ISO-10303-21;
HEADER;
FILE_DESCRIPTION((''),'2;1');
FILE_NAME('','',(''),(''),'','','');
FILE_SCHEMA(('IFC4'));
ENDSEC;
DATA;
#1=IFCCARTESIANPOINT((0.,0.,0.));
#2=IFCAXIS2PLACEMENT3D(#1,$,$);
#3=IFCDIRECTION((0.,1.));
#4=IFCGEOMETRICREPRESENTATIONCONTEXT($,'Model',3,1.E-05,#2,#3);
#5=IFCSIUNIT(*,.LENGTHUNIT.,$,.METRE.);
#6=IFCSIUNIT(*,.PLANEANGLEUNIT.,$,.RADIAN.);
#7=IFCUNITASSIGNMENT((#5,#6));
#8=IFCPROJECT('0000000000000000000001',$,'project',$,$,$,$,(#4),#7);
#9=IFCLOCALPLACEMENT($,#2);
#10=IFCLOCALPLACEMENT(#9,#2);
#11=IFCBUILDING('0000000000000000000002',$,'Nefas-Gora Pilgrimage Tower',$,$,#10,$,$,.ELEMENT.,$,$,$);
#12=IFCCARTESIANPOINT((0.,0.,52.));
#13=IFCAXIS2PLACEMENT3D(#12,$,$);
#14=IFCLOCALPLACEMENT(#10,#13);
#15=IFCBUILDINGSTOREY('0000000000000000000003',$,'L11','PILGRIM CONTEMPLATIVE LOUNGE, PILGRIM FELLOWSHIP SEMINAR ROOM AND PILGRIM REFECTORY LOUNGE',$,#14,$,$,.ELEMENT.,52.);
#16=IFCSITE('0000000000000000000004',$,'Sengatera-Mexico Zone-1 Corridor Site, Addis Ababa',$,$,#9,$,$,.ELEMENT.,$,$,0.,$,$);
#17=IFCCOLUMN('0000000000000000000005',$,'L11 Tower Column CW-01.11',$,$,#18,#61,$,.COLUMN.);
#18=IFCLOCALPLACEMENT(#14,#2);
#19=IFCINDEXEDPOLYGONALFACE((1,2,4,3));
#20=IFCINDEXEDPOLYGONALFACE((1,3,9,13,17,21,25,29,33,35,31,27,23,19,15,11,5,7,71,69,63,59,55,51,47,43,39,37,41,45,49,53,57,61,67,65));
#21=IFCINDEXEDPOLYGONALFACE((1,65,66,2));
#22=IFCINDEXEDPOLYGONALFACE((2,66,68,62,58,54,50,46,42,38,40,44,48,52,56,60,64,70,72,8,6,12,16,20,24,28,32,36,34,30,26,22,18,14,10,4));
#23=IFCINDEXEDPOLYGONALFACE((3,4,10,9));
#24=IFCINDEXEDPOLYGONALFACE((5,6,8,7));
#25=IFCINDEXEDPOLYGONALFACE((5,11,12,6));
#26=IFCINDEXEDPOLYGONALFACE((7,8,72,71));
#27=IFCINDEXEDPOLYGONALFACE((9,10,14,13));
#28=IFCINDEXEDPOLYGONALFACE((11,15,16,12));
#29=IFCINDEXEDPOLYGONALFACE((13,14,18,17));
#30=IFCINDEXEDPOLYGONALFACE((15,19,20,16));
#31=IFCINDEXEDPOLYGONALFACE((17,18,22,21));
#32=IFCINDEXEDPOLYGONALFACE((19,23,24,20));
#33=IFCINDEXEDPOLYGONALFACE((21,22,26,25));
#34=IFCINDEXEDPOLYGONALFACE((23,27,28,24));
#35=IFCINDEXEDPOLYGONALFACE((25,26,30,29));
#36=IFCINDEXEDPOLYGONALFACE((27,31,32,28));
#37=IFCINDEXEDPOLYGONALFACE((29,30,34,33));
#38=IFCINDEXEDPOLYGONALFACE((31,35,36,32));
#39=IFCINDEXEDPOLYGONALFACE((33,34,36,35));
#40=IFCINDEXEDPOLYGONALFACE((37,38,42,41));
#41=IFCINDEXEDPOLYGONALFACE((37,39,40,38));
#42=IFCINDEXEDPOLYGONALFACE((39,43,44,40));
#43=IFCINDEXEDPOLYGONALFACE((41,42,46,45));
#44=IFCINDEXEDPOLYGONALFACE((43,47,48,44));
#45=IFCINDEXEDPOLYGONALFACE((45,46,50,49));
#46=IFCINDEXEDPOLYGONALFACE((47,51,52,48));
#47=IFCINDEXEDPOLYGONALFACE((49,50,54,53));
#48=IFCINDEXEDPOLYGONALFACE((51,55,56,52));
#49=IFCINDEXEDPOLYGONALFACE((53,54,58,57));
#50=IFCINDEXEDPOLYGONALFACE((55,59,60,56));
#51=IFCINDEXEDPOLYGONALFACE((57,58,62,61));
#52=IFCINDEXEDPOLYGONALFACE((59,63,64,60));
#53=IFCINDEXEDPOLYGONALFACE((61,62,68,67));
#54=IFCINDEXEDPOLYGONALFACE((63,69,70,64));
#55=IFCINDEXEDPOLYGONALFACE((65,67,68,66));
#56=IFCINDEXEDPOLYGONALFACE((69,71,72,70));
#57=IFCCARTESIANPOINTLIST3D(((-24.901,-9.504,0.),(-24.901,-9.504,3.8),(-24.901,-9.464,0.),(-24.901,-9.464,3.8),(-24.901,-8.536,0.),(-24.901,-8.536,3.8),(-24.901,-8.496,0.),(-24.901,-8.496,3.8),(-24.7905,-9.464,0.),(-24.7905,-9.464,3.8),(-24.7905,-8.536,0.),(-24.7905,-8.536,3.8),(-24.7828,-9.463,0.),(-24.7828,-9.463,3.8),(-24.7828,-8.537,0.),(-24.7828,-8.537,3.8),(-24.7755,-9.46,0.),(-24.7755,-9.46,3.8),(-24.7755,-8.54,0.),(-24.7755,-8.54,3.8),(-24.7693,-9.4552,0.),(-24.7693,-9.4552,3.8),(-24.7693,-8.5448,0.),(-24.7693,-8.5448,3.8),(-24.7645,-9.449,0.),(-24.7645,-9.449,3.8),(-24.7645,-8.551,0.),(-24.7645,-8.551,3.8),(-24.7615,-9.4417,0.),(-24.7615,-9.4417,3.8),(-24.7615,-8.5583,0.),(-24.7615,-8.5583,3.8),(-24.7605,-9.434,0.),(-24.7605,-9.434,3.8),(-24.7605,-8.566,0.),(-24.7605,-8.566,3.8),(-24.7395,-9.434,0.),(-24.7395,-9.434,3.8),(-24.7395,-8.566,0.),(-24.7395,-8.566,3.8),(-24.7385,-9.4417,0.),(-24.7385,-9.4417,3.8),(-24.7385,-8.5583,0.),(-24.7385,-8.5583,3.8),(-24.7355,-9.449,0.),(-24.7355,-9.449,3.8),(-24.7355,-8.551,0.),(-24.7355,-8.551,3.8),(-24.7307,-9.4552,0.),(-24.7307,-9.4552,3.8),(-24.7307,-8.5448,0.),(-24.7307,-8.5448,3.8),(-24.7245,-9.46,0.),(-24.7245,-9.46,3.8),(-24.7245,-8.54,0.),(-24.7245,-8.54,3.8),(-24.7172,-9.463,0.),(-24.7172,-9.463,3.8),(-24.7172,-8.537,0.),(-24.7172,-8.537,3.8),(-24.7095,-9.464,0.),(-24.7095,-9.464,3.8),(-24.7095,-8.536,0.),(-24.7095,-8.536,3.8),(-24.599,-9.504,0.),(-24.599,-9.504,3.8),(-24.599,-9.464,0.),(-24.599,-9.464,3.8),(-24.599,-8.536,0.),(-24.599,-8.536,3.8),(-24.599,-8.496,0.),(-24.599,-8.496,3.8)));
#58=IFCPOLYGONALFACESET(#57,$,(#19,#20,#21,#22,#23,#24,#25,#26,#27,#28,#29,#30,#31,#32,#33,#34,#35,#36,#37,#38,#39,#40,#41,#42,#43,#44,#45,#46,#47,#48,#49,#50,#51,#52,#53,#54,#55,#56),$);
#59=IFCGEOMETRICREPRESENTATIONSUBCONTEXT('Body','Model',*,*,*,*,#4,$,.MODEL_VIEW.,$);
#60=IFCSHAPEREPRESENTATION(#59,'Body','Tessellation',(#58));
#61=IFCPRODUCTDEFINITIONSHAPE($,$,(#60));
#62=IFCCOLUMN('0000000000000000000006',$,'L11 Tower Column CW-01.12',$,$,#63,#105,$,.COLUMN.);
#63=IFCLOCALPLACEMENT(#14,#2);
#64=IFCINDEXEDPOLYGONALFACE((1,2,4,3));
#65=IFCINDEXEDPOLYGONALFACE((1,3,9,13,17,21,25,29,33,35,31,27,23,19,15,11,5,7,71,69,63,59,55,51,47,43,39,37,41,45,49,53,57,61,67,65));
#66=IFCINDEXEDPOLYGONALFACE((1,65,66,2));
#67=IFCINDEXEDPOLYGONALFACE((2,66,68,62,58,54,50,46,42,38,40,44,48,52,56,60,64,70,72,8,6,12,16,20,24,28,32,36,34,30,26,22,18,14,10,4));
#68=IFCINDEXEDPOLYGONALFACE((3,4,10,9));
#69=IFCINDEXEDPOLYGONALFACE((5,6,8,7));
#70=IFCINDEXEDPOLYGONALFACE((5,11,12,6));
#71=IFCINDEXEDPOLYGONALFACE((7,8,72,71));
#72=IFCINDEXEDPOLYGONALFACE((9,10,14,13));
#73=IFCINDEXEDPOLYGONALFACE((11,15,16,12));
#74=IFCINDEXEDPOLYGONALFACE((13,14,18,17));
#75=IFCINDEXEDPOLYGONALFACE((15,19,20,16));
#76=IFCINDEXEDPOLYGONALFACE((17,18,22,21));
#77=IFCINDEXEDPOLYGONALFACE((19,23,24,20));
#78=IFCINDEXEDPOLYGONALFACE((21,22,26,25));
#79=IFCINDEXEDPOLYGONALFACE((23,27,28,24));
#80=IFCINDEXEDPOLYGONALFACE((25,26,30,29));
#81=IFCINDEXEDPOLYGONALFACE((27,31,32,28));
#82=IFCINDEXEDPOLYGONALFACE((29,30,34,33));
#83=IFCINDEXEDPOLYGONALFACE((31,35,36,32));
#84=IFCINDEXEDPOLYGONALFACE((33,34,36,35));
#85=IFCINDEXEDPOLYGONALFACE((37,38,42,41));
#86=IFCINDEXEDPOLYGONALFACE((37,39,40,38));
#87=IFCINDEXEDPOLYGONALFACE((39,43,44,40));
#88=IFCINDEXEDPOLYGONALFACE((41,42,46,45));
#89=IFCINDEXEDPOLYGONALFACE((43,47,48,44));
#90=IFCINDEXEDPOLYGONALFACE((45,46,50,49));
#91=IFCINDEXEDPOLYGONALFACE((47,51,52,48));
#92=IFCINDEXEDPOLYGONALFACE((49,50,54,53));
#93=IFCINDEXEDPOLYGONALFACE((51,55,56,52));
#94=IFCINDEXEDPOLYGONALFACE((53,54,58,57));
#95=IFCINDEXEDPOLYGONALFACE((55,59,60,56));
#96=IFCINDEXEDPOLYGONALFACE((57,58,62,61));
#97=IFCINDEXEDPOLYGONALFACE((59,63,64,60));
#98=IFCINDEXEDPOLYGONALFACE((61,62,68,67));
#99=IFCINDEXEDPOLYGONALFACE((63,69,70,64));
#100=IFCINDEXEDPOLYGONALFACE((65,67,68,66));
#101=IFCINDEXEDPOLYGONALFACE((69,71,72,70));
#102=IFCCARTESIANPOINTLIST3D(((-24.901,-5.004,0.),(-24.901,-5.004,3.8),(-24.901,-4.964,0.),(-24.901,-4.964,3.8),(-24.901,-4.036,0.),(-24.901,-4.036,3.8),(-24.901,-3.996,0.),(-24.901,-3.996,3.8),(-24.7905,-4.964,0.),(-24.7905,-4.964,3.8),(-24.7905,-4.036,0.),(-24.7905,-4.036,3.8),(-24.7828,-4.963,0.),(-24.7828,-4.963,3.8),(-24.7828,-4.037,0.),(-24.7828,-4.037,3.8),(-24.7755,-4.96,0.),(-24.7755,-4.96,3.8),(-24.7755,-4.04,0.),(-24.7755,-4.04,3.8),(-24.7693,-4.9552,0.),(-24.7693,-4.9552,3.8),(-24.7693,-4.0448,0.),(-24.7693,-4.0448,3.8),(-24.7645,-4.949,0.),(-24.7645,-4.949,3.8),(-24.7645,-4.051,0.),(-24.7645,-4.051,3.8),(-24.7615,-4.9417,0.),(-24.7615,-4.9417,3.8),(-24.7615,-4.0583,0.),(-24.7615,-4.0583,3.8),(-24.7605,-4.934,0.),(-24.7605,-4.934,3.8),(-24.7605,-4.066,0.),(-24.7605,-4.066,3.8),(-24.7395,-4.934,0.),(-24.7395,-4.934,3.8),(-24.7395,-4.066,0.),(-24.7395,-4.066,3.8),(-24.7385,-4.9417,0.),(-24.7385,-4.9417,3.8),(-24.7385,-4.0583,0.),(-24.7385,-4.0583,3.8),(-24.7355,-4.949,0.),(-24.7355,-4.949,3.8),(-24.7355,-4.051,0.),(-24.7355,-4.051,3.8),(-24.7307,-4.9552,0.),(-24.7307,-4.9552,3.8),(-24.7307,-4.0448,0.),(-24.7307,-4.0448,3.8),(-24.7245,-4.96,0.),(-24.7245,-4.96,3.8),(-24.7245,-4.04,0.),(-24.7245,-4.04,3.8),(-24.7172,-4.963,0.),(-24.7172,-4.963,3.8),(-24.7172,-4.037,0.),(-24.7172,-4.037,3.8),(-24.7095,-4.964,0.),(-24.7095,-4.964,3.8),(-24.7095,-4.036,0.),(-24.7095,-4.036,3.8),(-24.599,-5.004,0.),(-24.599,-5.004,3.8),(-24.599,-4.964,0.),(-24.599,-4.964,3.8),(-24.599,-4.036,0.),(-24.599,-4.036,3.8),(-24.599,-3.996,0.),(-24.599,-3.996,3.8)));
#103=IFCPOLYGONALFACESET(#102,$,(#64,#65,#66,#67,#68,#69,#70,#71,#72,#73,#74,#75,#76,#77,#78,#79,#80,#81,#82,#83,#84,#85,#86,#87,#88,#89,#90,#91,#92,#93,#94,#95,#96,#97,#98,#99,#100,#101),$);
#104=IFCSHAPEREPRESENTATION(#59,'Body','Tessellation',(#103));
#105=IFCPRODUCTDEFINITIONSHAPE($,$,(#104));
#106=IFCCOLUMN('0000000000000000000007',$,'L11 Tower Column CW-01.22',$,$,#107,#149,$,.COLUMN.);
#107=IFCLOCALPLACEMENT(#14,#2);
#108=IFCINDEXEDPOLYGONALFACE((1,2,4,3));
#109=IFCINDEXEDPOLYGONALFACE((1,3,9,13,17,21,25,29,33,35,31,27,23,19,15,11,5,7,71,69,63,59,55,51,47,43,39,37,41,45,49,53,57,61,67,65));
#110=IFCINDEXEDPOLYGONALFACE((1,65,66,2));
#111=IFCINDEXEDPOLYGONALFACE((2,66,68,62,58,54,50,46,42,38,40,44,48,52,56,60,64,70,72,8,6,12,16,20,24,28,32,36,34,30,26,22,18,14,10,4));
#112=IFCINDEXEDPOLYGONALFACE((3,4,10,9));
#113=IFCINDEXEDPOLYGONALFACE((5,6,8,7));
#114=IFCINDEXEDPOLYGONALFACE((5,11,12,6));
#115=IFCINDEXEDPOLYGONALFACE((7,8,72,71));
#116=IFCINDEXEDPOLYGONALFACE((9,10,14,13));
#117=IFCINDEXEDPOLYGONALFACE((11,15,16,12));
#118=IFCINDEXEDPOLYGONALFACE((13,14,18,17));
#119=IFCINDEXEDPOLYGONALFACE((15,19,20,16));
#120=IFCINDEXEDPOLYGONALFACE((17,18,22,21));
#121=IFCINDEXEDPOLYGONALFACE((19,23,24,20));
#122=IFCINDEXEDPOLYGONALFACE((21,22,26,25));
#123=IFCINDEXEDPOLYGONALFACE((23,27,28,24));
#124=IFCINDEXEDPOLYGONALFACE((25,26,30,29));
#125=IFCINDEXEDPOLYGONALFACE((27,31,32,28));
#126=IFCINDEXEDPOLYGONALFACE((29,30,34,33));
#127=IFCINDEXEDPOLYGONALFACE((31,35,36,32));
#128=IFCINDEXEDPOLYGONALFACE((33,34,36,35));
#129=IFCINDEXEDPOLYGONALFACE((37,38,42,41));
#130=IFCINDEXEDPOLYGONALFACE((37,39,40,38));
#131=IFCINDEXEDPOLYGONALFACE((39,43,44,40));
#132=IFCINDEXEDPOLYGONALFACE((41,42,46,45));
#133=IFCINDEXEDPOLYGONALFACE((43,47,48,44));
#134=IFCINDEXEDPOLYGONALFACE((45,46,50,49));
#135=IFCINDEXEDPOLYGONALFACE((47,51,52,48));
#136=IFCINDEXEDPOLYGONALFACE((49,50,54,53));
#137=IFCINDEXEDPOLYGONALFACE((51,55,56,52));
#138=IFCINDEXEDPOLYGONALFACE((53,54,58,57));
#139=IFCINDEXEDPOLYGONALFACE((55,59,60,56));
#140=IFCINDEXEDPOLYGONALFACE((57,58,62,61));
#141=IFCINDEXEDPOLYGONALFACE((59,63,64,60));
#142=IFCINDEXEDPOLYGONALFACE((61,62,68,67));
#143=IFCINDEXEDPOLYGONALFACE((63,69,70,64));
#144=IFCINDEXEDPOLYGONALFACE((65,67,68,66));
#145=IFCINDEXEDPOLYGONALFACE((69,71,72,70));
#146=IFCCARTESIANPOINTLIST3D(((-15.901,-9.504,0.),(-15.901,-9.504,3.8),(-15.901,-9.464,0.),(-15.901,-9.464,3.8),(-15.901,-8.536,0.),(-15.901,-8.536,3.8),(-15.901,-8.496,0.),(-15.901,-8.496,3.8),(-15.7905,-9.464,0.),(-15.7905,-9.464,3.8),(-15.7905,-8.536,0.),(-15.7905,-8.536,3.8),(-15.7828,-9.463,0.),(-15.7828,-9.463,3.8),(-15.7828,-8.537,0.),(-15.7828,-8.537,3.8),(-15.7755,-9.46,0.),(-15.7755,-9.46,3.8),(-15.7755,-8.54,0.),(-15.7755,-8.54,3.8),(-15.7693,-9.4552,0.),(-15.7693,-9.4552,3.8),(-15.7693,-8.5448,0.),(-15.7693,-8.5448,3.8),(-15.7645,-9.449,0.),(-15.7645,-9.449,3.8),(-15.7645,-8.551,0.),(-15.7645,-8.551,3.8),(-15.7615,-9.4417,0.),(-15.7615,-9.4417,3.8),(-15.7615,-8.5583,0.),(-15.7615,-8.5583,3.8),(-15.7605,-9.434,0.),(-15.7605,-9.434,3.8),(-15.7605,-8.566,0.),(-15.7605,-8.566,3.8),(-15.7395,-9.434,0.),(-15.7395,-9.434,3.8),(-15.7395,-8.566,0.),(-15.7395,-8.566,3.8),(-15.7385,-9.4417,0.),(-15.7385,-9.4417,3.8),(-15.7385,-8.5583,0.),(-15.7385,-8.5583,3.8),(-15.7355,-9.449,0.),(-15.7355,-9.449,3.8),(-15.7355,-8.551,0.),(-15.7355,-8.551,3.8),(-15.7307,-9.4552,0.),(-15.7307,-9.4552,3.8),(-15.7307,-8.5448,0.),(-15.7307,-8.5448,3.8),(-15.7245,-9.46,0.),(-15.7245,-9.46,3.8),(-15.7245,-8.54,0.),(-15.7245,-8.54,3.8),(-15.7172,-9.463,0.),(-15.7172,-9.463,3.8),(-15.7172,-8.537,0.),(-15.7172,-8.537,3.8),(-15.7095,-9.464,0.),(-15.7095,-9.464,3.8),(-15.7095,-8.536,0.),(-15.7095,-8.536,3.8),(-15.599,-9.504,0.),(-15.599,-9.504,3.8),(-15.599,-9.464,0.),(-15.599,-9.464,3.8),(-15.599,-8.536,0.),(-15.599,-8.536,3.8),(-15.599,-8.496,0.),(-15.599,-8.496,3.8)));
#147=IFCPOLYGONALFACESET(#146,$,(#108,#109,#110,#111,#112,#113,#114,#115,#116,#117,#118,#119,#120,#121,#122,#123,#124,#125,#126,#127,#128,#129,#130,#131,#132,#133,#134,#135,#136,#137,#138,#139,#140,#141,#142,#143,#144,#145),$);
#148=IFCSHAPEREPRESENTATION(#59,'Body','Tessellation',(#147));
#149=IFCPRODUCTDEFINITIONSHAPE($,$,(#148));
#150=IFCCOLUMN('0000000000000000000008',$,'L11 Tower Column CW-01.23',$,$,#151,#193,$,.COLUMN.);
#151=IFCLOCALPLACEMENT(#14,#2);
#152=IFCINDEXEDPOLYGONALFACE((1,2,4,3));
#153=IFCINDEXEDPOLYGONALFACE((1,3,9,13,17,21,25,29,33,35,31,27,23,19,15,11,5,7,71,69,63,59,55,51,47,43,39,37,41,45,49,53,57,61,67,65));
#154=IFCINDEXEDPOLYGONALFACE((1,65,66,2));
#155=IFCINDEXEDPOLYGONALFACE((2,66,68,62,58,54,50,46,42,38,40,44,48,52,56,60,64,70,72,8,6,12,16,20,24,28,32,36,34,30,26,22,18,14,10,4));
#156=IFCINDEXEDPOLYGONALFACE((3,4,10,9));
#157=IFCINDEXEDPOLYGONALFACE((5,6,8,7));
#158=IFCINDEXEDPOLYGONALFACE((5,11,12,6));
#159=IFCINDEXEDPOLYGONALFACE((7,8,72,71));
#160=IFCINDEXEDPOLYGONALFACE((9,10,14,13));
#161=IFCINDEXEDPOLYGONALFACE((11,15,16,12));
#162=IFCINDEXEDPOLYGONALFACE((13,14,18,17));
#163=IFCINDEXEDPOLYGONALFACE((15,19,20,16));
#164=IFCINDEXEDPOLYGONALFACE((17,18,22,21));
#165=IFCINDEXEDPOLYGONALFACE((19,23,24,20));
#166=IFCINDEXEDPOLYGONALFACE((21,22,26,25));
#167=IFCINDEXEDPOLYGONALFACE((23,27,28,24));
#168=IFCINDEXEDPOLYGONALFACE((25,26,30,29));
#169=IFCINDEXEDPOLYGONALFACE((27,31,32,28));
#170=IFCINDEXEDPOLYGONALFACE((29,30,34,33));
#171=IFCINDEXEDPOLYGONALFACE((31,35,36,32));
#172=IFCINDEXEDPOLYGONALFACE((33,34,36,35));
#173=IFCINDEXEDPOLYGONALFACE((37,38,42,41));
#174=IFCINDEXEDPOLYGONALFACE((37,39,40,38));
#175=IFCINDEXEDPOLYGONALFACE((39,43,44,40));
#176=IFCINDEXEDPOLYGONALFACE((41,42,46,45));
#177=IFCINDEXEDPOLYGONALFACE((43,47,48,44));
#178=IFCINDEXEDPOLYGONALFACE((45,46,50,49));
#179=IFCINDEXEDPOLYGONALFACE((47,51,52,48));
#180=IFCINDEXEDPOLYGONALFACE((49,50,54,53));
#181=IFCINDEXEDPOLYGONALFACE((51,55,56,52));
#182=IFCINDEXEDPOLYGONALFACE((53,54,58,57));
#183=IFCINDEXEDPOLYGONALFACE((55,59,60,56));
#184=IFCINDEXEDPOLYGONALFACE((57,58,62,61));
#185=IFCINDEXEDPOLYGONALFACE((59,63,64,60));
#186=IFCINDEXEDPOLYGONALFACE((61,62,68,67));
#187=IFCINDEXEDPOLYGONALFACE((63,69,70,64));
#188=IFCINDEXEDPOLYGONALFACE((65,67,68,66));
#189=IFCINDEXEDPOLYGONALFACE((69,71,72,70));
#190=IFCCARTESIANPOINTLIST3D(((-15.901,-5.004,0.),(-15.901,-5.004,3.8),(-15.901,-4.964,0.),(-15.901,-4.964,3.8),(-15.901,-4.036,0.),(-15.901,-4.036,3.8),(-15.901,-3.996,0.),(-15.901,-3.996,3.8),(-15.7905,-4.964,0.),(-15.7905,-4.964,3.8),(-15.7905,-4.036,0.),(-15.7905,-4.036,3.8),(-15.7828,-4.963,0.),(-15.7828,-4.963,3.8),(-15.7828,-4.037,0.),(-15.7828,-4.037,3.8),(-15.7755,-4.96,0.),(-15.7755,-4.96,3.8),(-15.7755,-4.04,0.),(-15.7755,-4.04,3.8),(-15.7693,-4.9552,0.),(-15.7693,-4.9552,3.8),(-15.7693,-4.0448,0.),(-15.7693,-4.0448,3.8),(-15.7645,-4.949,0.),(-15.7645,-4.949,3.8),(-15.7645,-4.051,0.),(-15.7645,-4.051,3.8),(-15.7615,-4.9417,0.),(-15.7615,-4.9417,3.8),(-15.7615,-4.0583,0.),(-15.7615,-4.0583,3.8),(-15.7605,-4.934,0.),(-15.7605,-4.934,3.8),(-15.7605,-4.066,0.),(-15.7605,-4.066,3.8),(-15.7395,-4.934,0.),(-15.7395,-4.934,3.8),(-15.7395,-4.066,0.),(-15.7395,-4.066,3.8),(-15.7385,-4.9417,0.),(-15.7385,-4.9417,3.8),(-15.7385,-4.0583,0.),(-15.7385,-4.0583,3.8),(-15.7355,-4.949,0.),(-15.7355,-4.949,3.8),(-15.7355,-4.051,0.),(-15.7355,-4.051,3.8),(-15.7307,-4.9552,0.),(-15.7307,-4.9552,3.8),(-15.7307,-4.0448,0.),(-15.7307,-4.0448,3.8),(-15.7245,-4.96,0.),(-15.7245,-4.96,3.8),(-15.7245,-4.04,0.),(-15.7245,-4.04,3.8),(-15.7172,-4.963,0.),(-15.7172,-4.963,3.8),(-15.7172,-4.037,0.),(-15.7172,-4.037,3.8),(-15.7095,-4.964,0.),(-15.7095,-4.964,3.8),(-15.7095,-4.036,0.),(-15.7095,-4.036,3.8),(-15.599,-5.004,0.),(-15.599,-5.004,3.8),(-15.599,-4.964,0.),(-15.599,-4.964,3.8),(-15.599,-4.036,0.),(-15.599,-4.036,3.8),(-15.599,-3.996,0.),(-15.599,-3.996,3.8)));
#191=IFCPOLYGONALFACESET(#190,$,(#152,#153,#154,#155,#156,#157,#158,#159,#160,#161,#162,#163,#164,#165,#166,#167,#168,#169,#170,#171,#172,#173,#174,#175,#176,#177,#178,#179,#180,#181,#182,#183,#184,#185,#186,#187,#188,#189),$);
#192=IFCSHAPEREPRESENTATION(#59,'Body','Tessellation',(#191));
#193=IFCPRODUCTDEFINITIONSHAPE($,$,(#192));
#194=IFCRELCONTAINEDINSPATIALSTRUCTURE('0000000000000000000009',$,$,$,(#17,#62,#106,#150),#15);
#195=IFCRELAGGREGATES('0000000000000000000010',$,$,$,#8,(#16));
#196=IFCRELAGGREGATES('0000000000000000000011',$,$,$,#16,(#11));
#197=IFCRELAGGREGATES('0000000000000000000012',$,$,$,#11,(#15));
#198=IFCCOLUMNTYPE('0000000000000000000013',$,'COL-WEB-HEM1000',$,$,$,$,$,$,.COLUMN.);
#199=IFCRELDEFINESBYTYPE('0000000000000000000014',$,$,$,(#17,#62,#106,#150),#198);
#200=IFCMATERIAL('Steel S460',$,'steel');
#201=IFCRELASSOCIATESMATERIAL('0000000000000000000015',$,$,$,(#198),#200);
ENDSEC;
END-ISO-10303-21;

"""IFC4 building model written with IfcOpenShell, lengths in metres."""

from ifc_helpers import new_model, si_unit, direction, frame, origin, origin_2d, place, context, subcontext, project, spatial, i_section, extrude, source, transform, mapped, material, material_profile, profile_set, type_object, element, save


model = new_model("IFC4")

# Units and contexts
model_context = context("Model", 3, precision=1e-05, world=origin(), true_north=direction((0.0, 1.0)))
body_context = subcontext(model_context, "Body", "Model", "MODEL_VIEW")
ifc_project = project(units=[si_unit("LENGTHUNIT", "METRE"), si_unit("PLANEANGLEUNIT", "RADIAN")], contexts=[model_context])

# Site, building, storey
site_placement = place(None, origin())
site = spatial("IfcSite", under=ifc_project, at=site_placement, Name="Sengatera-Mexico Zone-1 Corridor Site, Addis Ababa", CompositionType="ELEMENT", RefElevation=0.0)
building_placement = place(site_placement, origin())
building = spatial("IfcBuilding", under=site, at=building_placement, Name="Nefas-Gora Pilgrimage Tower", CompositionType="ELEMENT")
storey_placement = place(building_placement, frame((0.0, 0.0, 52.0)))
storey = spatial("IfcBuildingStorey", under=building, at=storey_placement, Name="L11", Description="PILGRIM CONTEMPLATIVE LOUNGE, PILGRIM FELLOWSHIP SEMINAR ROOM AND PILGRIM REFECTORY LOUNGE", CompositionType="ELEMENT", Elevation=52.0)

# Columns
ifc_material_1 = material(Name="Steel S460", Category="steel")
ifc_material_profile_1 = material_profile(ifc_material_1, i_section(OverallWidth=0.302, OverallDepth=1.0081, WebThickness=0.021, FlangeThickness=0.04, FilletRadius=0.03, at=origin_2d()), Name="HEM 1000")
ifc_profile_set_1 = profile_set([ifc_material_profile_1], Name="Steel S460")
column_type_1 = type_object("IfcColumnType", Name="COL-WEB-HEM1000", PredefinedType="COLUMN", material=ifc_profile_set_1)
shared_shape_1 = source(origin(), body_context, "Body", "SweptSolid", [
    extrude(i_section(OverallWidth=0.302, OverallDepth=1.0081, WebThickness=0.021, FlangeThickness=0.04, FilletRadius=0.03, at=origin_2d()), origin(), (0.0, 0.0, 1.0), 3.8),
])
for number, where, z_axis, x_axis, name in (
    (1, (-24.75, -9.0, 0.0), (0.0, 0.0, 1.0), (1.0, 0.0, 0.0), "L11 Tower Column CW-01.11"),
    (2, (-24.75, -4.5, 0.0), (0.0, 0.0, 1.0), (1.0, 0.0, 0.0), "L11 Tower Column CW-01.12"),
    (3, (-15.75, -9.0, 0.0), (0.0, 0.0, 1.0), (1.0, 0.0, 0.0), "L11 Tower Column CW-01.22"),
    (4, (-15.75, -4.5, 0.0), (0.0, 0.0, 1.0), (1.0, 0.0, 0.0), "L11 Tower Column CW-01.23"),
):
    element("IfcColumn", number, at=place(storey_placement, frame(where, z_axis=z_axis, x_axis=x_axis)), inside=storey, type_object=column_type_1, Name=name, PredefinedType="COLUMN", context=body_context, shape_type="MappedRepresentation", body=[
        mapped(shared_shape_1, transform((0.0, 0.0, 0.0), x_axis=(1.0, 0.0, 0.0), y_axis=(0.0, 1.0, 0.0), z_axis=(0.0, 0.0, 1.0), scale=1.0)),
    ])

save(model, "model.ifc")
